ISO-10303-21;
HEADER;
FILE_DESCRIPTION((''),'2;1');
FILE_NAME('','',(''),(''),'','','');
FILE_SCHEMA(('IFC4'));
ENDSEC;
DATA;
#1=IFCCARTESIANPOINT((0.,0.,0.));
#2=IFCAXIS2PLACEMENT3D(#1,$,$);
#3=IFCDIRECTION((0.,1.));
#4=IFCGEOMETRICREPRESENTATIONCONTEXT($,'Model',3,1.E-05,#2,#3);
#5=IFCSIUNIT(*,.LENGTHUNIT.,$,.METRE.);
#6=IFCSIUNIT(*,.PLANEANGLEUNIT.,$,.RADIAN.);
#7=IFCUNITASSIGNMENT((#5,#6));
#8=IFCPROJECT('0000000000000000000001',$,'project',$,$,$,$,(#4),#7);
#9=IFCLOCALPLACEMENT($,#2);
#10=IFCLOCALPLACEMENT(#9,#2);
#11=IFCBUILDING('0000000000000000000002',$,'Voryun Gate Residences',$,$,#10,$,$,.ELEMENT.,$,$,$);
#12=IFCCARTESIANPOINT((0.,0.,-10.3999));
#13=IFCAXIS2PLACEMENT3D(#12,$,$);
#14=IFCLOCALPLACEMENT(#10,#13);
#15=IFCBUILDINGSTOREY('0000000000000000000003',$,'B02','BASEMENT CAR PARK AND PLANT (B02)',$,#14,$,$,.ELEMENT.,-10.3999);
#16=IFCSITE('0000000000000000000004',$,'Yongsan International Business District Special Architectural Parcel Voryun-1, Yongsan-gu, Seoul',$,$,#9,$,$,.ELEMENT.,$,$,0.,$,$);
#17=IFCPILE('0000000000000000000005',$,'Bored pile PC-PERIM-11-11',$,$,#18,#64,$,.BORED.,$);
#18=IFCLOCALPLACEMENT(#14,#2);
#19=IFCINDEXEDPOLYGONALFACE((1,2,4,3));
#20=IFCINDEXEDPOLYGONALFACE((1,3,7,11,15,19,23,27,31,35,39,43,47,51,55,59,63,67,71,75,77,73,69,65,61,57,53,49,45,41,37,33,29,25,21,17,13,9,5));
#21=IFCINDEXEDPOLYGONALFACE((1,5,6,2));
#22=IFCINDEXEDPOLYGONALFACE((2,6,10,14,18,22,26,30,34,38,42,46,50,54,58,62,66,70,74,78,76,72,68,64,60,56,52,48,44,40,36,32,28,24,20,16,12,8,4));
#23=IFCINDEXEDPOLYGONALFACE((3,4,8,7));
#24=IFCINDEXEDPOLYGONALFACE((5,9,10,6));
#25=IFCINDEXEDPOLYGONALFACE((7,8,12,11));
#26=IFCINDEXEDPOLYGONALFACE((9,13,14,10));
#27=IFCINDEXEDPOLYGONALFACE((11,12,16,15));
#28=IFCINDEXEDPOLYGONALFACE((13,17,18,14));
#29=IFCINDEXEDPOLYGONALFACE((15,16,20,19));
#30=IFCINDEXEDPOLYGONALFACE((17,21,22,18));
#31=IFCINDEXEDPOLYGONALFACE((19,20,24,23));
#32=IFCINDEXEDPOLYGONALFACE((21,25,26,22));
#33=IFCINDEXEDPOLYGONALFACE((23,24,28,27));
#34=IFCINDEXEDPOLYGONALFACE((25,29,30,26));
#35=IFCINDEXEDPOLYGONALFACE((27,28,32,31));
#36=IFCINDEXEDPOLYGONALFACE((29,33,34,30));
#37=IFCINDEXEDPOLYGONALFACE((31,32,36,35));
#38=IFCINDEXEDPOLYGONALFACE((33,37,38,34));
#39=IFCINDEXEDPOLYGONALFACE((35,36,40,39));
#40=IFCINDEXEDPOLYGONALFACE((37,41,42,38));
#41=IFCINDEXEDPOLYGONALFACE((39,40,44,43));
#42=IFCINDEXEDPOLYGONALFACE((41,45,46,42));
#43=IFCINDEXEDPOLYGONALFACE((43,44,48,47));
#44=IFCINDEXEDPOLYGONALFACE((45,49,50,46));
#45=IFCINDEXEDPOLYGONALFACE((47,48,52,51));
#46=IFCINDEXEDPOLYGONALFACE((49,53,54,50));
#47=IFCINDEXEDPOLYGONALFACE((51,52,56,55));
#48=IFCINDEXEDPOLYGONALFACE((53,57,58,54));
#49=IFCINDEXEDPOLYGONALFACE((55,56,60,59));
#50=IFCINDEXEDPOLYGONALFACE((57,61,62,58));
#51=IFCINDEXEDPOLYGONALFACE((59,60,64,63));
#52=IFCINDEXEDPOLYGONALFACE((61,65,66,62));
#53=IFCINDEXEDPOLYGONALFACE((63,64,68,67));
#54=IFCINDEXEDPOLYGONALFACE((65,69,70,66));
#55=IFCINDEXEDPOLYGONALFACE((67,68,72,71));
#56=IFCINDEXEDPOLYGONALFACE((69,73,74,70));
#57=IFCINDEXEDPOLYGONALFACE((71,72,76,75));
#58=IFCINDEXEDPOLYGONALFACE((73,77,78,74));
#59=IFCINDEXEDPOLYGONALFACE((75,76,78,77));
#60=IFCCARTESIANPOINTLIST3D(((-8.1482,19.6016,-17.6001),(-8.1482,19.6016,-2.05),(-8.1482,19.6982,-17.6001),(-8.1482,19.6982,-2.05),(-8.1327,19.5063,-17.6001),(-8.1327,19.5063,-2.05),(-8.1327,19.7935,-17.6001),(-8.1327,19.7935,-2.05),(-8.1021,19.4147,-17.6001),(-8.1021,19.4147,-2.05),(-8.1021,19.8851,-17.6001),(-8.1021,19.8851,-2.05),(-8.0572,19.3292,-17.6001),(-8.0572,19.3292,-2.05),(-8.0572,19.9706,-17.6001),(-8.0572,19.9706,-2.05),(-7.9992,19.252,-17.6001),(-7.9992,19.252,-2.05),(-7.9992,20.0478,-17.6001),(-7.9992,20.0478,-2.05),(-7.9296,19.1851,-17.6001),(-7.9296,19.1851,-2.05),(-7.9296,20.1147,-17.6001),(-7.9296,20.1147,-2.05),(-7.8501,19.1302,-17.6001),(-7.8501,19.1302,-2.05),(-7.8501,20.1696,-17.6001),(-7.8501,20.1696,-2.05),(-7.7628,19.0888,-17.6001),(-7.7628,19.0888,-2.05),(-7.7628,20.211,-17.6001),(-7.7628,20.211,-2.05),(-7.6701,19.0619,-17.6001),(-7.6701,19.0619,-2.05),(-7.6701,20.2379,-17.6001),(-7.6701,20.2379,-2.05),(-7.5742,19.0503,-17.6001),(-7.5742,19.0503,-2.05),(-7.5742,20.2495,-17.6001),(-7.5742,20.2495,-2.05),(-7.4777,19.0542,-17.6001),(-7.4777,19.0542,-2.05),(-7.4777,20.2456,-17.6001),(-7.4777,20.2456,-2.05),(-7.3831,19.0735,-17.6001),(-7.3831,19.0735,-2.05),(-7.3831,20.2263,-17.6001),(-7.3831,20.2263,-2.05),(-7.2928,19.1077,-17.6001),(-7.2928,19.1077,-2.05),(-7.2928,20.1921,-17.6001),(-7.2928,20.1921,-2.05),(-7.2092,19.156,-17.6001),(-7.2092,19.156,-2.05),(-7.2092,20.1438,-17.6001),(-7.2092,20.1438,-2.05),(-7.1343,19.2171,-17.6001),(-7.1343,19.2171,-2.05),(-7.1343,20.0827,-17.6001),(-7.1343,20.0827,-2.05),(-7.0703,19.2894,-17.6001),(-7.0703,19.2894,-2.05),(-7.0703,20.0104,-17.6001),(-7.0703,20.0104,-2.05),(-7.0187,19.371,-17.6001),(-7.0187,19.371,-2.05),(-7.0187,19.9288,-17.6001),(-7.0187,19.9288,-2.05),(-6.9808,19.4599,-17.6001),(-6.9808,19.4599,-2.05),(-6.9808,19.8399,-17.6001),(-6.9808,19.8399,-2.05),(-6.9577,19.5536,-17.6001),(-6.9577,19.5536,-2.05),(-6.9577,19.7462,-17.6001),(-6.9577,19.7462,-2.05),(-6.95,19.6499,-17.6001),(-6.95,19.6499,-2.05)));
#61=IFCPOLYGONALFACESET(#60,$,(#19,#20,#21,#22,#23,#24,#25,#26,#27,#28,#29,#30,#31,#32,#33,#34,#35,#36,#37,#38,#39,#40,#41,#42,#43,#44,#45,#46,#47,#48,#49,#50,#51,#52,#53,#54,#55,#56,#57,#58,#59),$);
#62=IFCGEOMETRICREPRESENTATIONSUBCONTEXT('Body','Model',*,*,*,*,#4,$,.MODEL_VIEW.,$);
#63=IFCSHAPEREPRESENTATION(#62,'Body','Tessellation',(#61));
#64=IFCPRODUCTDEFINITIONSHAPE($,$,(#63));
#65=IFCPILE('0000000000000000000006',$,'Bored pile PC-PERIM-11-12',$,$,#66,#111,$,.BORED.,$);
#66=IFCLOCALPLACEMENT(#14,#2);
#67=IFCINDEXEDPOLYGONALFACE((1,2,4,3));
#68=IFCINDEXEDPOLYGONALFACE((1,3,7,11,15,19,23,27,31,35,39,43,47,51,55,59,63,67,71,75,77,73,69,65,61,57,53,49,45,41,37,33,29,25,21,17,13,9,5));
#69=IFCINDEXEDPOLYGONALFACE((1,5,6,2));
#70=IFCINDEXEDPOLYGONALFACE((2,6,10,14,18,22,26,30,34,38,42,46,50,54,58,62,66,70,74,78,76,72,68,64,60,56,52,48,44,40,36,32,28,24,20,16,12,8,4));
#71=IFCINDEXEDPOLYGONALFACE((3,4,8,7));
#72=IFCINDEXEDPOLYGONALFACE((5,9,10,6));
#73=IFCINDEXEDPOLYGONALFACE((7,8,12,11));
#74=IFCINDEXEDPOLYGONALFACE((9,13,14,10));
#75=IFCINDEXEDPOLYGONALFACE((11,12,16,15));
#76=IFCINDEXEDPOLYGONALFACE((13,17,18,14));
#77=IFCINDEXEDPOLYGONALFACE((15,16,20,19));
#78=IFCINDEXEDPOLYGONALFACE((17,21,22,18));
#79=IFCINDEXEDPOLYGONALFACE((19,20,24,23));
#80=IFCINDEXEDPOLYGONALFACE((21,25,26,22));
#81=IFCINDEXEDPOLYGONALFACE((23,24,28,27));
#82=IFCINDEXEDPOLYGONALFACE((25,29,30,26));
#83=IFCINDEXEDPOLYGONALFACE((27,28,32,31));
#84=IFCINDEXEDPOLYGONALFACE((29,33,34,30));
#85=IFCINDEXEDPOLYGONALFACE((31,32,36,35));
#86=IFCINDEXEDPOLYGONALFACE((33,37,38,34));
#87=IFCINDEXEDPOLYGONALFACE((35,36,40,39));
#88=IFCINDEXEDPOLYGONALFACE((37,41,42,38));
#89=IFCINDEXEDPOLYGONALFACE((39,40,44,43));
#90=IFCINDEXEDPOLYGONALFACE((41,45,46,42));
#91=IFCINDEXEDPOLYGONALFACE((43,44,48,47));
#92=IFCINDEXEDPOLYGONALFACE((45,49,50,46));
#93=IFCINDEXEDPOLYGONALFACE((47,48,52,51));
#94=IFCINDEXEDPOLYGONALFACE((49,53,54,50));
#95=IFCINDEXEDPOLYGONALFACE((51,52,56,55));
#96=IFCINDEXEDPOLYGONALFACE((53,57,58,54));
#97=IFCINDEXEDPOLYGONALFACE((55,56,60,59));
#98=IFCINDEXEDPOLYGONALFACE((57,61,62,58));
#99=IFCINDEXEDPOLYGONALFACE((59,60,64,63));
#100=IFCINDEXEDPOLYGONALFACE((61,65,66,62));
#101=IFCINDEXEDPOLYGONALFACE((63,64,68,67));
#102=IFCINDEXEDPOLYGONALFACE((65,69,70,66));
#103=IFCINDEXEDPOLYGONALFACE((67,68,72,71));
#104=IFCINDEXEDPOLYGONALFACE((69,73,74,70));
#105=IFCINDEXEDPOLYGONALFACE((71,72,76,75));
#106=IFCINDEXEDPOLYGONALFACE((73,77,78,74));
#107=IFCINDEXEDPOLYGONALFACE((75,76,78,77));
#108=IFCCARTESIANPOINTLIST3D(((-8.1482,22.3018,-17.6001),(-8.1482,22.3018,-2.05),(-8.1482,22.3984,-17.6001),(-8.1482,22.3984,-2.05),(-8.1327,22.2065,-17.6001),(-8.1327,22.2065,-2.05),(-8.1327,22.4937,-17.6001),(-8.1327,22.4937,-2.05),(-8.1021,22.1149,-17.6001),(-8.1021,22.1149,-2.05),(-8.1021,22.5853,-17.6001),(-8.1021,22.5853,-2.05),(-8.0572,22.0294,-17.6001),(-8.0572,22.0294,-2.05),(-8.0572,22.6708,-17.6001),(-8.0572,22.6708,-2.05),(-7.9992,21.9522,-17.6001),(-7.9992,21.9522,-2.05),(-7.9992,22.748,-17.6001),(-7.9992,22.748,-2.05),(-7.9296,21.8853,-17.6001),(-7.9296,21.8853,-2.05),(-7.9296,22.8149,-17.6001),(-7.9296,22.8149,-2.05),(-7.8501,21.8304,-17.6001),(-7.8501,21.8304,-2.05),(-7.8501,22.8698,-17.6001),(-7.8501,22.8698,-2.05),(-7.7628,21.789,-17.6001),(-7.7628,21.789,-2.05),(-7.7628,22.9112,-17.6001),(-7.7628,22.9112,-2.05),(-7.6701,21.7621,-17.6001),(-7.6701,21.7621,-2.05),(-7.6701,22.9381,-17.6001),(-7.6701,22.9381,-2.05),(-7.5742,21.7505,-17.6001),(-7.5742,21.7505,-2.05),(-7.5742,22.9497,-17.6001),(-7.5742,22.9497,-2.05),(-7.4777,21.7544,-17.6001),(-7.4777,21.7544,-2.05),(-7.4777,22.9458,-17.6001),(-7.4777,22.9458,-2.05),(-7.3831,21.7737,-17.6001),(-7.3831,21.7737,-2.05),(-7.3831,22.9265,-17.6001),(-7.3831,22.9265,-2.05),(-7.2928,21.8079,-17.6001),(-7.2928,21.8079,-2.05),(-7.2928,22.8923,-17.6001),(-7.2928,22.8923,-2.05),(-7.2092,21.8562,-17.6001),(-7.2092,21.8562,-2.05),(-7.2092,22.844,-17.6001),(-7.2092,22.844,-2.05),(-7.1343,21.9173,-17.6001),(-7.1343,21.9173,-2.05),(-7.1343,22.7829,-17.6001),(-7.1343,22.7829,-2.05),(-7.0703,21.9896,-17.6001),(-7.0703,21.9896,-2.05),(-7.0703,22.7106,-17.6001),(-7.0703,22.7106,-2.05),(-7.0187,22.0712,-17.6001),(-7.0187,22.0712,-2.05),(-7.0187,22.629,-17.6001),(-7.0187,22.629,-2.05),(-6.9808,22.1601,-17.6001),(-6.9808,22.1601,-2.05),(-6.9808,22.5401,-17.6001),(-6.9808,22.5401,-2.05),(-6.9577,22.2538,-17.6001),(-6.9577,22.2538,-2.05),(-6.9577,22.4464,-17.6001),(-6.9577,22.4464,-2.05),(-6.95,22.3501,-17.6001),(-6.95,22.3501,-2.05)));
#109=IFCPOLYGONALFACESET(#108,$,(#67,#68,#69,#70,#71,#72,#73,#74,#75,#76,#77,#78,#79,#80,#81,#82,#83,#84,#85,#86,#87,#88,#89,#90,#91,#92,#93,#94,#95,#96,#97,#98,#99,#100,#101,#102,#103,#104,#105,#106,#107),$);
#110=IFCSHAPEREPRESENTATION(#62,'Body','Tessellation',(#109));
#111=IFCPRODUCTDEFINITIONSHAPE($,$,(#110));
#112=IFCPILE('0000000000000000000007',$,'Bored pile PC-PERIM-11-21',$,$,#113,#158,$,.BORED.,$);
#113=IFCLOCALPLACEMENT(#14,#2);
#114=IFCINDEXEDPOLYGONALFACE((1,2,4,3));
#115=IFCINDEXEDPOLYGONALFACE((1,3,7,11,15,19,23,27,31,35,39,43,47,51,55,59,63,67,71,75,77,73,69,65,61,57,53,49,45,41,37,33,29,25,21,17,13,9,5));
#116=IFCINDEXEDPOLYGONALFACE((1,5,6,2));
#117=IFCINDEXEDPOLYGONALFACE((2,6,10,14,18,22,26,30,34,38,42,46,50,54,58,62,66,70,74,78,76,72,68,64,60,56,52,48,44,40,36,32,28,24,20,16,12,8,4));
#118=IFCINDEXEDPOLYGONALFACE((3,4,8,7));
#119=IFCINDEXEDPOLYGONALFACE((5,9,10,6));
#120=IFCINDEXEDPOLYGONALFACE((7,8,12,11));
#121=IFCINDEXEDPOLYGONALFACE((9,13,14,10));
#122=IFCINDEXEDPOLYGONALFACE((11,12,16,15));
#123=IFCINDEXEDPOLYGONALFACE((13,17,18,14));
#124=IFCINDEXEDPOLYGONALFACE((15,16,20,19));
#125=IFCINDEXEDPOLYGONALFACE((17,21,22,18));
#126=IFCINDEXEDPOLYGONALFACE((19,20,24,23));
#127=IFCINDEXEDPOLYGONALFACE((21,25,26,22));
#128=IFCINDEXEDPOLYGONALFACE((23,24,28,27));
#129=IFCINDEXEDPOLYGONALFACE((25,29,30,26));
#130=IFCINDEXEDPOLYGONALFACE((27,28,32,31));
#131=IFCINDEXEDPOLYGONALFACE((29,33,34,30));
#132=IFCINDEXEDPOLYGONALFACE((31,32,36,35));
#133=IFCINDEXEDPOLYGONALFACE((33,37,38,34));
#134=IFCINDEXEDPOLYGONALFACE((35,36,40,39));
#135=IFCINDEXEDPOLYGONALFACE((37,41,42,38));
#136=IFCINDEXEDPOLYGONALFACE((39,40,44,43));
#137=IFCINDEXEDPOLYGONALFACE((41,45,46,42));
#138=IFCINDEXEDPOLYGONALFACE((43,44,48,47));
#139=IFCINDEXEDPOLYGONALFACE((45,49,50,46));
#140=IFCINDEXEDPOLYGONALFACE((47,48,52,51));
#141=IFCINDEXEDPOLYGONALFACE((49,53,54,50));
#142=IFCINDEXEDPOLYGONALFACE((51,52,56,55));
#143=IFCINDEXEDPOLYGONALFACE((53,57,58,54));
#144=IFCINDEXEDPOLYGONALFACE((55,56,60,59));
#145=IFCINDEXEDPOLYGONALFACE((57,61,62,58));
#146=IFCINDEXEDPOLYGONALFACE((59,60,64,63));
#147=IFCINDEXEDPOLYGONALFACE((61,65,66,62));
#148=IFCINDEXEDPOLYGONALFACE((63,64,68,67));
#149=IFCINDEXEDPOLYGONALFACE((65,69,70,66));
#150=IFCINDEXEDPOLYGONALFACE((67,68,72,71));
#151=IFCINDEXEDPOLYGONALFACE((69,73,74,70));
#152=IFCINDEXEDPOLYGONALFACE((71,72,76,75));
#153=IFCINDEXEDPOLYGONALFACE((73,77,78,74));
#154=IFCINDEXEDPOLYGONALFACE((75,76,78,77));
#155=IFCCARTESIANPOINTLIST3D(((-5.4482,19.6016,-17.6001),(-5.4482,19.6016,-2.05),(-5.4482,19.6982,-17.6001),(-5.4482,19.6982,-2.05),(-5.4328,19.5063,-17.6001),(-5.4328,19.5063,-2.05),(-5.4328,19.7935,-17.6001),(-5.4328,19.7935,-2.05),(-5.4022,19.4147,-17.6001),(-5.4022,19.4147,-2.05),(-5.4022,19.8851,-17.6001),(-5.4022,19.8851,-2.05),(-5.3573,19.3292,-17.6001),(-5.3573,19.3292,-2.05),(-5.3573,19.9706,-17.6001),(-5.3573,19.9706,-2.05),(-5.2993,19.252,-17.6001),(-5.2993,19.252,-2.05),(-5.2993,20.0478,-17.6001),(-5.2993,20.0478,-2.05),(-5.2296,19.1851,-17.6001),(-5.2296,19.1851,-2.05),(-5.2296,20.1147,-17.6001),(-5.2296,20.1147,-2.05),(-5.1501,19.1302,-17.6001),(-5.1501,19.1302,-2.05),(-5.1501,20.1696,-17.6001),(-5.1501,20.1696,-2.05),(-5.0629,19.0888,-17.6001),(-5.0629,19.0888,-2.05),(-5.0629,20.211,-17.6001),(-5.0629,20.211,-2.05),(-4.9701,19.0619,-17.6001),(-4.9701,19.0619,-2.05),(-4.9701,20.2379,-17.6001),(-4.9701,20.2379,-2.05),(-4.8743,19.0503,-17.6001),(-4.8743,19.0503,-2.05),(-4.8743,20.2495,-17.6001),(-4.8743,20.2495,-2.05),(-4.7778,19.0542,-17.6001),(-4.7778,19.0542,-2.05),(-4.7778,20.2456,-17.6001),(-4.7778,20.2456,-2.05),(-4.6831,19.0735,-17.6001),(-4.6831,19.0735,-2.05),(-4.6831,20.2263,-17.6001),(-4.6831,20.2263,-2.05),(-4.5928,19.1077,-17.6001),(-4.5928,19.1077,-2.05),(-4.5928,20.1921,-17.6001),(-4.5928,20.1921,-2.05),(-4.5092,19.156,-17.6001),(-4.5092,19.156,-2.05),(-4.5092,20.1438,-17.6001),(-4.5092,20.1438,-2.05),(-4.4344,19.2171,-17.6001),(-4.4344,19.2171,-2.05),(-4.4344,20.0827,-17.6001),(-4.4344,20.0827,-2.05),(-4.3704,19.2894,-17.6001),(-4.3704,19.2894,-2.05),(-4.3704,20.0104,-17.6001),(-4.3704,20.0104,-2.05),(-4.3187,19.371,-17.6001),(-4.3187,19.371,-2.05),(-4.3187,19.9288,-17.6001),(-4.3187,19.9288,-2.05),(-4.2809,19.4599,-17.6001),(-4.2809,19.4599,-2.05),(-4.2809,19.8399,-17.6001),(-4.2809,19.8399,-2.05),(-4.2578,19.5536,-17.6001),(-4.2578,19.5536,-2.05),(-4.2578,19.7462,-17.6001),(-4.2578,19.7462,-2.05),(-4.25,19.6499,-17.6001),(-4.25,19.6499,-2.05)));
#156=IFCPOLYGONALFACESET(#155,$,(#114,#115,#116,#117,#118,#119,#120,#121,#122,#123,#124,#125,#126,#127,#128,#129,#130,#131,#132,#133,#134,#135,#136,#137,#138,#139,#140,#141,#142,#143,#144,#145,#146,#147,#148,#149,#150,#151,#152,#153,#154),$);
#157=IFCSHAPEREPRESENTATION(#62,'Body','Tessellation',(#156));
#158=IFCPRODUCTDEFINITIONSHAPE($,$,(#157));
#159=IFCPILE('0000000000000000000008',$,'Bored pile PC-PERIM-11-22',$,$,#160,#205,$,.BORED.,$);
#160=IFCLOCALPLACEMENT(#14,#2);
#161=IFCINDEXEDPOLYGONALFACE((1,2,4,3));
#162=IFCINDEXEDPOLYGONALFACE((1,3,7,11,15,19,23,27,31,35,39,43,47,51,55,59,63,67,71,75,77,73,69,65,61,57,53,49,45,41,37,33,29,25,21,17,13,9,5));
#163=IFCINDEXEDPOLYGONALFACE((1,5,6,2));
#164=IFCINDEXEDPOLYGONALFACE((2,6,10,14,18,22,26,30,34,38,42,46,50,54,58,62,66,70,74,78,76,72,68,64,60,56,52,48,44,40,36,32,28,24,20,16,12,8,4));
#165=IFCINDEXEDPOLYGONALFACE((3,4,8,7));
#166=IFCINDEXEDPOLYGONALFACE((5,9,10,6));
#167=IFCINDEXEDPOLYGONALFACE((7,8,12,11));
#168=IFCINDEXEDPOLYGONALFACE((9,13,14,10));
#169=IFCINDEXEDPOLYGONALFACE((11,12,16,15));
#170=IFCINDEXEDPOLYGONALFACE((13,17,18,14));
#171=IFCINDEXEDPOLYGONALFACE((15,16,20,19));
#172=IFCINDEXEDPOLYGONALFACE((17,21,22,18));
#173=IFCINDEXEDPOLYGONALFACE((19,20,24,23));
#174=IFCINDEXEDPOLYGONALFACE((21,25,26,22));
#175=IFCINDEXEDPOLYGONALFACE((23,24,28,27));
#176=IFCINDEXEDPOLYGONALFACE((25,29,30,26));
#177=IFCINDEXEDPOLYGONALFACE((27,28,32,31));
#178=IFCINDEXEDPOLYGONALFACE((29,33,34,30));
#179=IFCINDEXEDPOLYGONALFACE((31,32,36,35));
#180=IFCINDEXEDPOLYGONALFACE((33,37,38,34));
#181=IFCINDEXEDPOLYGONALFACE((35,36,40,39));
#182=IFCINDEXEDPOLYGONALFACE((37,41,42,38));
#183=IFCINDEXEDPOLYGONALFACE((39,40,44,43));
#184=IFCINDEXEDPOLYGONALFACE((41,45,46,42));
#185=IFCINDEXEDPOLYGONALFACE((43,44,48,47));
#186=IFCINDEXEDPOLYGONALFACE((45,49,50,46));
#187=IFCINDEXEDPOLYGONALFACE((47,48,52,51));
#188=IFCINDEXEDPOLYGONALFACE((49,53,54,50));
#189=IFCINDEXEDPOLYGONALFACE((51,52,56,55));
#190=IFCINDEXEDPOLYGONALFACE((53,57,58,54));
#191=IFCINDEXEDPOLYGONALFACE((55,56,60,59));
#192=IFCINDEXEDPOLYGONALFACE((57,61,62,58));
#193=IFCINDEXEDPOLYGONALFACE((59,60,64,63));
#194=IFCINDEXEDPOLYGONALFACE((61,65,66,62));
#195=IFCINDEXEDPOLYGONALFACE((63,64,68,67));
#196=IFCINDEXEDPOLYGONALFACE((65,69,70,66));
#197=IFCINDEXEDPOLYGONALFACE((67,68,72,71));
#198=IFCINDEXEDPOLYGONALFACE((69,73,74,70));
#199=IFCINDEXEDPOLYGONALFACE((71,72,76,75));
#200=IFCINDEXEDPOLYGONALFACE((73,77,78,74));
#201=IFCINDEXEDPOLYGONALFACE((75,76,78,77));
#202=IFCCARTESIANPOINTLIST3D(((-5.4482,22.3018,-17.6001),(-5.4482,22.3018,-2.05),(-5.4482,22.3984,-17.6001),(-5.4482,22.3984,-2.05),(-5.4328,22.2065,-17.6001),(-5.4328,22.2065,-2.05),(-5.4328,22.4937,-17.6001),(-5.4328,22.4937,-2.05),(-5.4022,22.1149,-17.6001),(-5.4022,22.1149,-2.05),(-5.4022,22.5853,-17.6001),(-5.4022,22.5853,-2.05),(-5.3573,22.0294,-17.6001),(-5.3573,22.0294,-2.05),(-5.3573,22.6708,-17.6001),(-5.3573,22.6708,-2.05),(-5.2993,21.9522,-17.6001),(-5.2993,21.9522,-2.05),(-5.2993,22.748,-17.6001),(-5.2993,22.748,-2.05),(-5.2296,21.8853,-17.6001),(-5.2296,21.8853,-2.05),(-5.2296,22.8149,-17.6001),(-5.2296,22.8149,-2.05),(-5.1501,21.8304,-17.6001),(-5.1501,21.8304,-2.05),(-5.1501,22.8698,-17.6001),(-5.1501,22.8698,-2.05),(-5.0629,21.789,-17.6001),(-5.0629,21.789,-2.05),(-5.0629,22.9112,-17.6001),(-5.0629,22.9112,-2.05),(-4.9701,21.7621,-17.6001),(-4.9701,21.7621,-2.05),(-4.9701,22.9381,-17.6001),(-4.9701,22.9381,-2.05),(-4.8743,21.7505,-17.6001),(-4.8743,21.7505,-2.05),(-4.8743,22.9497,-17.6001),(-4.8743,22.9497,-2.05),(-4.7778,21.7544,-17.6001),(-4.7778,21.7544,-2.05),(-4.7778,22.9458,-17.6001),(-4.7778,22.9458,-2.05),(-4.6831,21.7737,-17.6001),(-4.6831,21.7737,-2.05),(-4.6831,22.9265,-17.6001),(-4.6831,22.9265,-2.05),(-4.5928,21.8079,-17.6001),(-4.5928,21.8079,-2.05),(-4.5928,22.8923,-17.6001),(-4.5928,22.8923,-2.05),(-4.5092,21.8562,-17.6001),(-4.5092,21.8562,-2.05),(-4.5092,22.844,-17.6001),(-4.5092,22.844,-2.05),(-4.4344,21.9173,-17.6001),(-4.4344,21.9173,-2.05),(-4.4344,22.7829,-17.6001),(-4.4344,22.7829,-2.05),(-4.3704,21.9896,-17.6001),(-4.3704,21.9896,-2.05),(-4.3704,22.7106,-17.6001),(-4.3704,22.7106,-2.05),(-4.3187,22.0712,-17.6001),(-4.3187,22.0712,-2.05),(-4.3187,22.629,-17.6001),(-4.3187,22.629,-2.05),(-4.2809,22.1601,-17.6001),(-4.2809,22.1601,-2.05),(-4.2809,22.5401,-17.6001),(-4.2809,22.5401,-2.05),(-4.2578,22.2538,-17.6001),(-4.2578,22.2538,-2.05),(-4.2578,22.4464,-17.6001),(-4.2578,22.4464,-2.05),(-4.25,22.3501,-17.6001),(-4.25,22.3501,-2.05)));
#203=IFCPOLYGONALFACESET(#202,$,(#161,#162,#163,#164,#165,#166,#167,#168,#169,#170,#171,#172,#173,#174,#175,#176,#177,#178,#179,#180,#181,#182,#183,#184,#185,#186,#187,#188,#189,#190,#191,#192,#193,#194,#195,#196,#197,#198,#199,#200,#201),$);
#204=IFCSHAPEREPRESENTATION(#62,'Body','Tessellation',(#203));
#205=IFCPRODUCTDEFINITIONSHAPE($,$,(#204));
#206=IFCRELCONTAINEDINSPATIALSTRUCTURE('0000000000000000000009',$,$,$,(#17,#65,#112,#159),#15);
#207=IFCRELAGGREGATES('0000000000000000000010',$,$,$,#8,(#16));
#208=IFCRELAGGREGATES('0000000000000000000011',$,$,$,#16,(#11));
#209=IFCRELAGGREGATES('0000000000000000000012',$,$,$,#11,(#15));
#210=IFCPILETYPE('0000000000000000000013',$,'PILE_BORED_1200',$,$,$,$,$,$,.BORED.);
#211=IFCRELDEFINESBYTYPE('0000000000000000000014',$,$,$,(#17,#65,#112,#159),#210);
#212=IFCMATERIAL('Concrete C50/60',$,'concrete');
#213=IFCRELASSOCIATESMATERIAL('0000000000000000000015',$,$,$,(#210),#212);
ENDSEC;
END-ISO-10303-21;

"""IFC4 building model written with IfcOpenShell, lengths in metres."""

from ifc_helpers import new_model, si_unit, direction, frame, origin, origin_2d, place, context, subcontext, project, spatial, circle, extrude, material, material_profile, profile_set, type_object, element, save


model = new_model("IFC4")

# Units and contexts
model_context = context("Model", 3, precision=1e-05, world=origin(), true_north=direction((0.0, 1.0)))
body_context = subcontext(model_context, "Body", "Model", "MODEL_VIEW")
ifc_project = project(units=[si_unit("LENGTHUNIT", "METRE"), si_unit("PLANEANGLEUNIT", "RADIAN")], contexts=[model_context])

# Site, building, storey
site_placement = place(None, origin())
site = spatial("IfcSite", under=ifc_project, at=site_placement, Name="Yongsan International Business District Special Architectural Parcel Voryun-1, Yongsan-gu, Seoul", CompositionType="ELEMENT", RefElevation=0.0)
building_placement = place(site_placement, origin())
building = spatial("IfcBuilding", under=site, at=building_placement, Name="Voryun Gate Residences", CompositionType="ELEMENT")
storey_placement = place(building_placement, frame((0.0, 0.0, -10.3999)))
storey = spatial("IfcBuildingStorey", under=building, at=storey_placement, Name="B02", Description="BASEMENT CAR PARK AND PLANT (B02)", CompositionType="ELEMENT", Elevation=-10.3999)

# Piles
ifc_material_1 = material(Name="Concrete C50/60", Category="concrete")
ifc_material_profile_1 = material_profile(ifc_material_1, circle(Radius=0.6001, at=origin_2d()), Name="PILE-D1200")
ifc_profile_set_1 = profile_set([ifc_material_profile_1], Name="Concrete C50/60")
pile_type_1 = type_object("IfcPileType", Name="PILE_BORED_1200", PredefinedType="BORED", material=ifc_profile_set_1)
for number, where, z_axis, x_axis, name in (
    (1, (-7.55, 19.6499, -2.05), (0.0, 0.0, -1.0), (1.0, 0.0, 0.0), "Bored pile PC-PERIM-11-11"),
    (2, (-7.55, 22.3501, -2.05), (0.0, 0.0, -1.0), (1.0, 0.0, 0.0), "Bored pile PC-PERIM-11-12"),
    (3, (-4.8501, 19.6499, -2.05), (0.0, 0.0, -1.0), (1.0, 0.0, 0.0), "Bored pile PC-PERIM-11-21"),
    (4, (-4.8501, 22.3501, -2.05), (0.0, 0.0, -1.0), (1.0, 0.0, 0.0), "Bored pile PC-PERIM-11-22"),
):
    element("IfcPile", number, at=place(storey_placement, frame(where, z_axis=z_axis, x_axis=x_axis)), inside=storey, type_object=pile_type_1, Name=name, PredefinedType="BORED", context=body_context, shape_type="SweptSolid", body=[
        extrude(circle(Radius=0.6001, at=origin_2d()), origin(), (0.0, 0.0, 1.0), 15.55),
    ])

save(model, "model.ifc")
